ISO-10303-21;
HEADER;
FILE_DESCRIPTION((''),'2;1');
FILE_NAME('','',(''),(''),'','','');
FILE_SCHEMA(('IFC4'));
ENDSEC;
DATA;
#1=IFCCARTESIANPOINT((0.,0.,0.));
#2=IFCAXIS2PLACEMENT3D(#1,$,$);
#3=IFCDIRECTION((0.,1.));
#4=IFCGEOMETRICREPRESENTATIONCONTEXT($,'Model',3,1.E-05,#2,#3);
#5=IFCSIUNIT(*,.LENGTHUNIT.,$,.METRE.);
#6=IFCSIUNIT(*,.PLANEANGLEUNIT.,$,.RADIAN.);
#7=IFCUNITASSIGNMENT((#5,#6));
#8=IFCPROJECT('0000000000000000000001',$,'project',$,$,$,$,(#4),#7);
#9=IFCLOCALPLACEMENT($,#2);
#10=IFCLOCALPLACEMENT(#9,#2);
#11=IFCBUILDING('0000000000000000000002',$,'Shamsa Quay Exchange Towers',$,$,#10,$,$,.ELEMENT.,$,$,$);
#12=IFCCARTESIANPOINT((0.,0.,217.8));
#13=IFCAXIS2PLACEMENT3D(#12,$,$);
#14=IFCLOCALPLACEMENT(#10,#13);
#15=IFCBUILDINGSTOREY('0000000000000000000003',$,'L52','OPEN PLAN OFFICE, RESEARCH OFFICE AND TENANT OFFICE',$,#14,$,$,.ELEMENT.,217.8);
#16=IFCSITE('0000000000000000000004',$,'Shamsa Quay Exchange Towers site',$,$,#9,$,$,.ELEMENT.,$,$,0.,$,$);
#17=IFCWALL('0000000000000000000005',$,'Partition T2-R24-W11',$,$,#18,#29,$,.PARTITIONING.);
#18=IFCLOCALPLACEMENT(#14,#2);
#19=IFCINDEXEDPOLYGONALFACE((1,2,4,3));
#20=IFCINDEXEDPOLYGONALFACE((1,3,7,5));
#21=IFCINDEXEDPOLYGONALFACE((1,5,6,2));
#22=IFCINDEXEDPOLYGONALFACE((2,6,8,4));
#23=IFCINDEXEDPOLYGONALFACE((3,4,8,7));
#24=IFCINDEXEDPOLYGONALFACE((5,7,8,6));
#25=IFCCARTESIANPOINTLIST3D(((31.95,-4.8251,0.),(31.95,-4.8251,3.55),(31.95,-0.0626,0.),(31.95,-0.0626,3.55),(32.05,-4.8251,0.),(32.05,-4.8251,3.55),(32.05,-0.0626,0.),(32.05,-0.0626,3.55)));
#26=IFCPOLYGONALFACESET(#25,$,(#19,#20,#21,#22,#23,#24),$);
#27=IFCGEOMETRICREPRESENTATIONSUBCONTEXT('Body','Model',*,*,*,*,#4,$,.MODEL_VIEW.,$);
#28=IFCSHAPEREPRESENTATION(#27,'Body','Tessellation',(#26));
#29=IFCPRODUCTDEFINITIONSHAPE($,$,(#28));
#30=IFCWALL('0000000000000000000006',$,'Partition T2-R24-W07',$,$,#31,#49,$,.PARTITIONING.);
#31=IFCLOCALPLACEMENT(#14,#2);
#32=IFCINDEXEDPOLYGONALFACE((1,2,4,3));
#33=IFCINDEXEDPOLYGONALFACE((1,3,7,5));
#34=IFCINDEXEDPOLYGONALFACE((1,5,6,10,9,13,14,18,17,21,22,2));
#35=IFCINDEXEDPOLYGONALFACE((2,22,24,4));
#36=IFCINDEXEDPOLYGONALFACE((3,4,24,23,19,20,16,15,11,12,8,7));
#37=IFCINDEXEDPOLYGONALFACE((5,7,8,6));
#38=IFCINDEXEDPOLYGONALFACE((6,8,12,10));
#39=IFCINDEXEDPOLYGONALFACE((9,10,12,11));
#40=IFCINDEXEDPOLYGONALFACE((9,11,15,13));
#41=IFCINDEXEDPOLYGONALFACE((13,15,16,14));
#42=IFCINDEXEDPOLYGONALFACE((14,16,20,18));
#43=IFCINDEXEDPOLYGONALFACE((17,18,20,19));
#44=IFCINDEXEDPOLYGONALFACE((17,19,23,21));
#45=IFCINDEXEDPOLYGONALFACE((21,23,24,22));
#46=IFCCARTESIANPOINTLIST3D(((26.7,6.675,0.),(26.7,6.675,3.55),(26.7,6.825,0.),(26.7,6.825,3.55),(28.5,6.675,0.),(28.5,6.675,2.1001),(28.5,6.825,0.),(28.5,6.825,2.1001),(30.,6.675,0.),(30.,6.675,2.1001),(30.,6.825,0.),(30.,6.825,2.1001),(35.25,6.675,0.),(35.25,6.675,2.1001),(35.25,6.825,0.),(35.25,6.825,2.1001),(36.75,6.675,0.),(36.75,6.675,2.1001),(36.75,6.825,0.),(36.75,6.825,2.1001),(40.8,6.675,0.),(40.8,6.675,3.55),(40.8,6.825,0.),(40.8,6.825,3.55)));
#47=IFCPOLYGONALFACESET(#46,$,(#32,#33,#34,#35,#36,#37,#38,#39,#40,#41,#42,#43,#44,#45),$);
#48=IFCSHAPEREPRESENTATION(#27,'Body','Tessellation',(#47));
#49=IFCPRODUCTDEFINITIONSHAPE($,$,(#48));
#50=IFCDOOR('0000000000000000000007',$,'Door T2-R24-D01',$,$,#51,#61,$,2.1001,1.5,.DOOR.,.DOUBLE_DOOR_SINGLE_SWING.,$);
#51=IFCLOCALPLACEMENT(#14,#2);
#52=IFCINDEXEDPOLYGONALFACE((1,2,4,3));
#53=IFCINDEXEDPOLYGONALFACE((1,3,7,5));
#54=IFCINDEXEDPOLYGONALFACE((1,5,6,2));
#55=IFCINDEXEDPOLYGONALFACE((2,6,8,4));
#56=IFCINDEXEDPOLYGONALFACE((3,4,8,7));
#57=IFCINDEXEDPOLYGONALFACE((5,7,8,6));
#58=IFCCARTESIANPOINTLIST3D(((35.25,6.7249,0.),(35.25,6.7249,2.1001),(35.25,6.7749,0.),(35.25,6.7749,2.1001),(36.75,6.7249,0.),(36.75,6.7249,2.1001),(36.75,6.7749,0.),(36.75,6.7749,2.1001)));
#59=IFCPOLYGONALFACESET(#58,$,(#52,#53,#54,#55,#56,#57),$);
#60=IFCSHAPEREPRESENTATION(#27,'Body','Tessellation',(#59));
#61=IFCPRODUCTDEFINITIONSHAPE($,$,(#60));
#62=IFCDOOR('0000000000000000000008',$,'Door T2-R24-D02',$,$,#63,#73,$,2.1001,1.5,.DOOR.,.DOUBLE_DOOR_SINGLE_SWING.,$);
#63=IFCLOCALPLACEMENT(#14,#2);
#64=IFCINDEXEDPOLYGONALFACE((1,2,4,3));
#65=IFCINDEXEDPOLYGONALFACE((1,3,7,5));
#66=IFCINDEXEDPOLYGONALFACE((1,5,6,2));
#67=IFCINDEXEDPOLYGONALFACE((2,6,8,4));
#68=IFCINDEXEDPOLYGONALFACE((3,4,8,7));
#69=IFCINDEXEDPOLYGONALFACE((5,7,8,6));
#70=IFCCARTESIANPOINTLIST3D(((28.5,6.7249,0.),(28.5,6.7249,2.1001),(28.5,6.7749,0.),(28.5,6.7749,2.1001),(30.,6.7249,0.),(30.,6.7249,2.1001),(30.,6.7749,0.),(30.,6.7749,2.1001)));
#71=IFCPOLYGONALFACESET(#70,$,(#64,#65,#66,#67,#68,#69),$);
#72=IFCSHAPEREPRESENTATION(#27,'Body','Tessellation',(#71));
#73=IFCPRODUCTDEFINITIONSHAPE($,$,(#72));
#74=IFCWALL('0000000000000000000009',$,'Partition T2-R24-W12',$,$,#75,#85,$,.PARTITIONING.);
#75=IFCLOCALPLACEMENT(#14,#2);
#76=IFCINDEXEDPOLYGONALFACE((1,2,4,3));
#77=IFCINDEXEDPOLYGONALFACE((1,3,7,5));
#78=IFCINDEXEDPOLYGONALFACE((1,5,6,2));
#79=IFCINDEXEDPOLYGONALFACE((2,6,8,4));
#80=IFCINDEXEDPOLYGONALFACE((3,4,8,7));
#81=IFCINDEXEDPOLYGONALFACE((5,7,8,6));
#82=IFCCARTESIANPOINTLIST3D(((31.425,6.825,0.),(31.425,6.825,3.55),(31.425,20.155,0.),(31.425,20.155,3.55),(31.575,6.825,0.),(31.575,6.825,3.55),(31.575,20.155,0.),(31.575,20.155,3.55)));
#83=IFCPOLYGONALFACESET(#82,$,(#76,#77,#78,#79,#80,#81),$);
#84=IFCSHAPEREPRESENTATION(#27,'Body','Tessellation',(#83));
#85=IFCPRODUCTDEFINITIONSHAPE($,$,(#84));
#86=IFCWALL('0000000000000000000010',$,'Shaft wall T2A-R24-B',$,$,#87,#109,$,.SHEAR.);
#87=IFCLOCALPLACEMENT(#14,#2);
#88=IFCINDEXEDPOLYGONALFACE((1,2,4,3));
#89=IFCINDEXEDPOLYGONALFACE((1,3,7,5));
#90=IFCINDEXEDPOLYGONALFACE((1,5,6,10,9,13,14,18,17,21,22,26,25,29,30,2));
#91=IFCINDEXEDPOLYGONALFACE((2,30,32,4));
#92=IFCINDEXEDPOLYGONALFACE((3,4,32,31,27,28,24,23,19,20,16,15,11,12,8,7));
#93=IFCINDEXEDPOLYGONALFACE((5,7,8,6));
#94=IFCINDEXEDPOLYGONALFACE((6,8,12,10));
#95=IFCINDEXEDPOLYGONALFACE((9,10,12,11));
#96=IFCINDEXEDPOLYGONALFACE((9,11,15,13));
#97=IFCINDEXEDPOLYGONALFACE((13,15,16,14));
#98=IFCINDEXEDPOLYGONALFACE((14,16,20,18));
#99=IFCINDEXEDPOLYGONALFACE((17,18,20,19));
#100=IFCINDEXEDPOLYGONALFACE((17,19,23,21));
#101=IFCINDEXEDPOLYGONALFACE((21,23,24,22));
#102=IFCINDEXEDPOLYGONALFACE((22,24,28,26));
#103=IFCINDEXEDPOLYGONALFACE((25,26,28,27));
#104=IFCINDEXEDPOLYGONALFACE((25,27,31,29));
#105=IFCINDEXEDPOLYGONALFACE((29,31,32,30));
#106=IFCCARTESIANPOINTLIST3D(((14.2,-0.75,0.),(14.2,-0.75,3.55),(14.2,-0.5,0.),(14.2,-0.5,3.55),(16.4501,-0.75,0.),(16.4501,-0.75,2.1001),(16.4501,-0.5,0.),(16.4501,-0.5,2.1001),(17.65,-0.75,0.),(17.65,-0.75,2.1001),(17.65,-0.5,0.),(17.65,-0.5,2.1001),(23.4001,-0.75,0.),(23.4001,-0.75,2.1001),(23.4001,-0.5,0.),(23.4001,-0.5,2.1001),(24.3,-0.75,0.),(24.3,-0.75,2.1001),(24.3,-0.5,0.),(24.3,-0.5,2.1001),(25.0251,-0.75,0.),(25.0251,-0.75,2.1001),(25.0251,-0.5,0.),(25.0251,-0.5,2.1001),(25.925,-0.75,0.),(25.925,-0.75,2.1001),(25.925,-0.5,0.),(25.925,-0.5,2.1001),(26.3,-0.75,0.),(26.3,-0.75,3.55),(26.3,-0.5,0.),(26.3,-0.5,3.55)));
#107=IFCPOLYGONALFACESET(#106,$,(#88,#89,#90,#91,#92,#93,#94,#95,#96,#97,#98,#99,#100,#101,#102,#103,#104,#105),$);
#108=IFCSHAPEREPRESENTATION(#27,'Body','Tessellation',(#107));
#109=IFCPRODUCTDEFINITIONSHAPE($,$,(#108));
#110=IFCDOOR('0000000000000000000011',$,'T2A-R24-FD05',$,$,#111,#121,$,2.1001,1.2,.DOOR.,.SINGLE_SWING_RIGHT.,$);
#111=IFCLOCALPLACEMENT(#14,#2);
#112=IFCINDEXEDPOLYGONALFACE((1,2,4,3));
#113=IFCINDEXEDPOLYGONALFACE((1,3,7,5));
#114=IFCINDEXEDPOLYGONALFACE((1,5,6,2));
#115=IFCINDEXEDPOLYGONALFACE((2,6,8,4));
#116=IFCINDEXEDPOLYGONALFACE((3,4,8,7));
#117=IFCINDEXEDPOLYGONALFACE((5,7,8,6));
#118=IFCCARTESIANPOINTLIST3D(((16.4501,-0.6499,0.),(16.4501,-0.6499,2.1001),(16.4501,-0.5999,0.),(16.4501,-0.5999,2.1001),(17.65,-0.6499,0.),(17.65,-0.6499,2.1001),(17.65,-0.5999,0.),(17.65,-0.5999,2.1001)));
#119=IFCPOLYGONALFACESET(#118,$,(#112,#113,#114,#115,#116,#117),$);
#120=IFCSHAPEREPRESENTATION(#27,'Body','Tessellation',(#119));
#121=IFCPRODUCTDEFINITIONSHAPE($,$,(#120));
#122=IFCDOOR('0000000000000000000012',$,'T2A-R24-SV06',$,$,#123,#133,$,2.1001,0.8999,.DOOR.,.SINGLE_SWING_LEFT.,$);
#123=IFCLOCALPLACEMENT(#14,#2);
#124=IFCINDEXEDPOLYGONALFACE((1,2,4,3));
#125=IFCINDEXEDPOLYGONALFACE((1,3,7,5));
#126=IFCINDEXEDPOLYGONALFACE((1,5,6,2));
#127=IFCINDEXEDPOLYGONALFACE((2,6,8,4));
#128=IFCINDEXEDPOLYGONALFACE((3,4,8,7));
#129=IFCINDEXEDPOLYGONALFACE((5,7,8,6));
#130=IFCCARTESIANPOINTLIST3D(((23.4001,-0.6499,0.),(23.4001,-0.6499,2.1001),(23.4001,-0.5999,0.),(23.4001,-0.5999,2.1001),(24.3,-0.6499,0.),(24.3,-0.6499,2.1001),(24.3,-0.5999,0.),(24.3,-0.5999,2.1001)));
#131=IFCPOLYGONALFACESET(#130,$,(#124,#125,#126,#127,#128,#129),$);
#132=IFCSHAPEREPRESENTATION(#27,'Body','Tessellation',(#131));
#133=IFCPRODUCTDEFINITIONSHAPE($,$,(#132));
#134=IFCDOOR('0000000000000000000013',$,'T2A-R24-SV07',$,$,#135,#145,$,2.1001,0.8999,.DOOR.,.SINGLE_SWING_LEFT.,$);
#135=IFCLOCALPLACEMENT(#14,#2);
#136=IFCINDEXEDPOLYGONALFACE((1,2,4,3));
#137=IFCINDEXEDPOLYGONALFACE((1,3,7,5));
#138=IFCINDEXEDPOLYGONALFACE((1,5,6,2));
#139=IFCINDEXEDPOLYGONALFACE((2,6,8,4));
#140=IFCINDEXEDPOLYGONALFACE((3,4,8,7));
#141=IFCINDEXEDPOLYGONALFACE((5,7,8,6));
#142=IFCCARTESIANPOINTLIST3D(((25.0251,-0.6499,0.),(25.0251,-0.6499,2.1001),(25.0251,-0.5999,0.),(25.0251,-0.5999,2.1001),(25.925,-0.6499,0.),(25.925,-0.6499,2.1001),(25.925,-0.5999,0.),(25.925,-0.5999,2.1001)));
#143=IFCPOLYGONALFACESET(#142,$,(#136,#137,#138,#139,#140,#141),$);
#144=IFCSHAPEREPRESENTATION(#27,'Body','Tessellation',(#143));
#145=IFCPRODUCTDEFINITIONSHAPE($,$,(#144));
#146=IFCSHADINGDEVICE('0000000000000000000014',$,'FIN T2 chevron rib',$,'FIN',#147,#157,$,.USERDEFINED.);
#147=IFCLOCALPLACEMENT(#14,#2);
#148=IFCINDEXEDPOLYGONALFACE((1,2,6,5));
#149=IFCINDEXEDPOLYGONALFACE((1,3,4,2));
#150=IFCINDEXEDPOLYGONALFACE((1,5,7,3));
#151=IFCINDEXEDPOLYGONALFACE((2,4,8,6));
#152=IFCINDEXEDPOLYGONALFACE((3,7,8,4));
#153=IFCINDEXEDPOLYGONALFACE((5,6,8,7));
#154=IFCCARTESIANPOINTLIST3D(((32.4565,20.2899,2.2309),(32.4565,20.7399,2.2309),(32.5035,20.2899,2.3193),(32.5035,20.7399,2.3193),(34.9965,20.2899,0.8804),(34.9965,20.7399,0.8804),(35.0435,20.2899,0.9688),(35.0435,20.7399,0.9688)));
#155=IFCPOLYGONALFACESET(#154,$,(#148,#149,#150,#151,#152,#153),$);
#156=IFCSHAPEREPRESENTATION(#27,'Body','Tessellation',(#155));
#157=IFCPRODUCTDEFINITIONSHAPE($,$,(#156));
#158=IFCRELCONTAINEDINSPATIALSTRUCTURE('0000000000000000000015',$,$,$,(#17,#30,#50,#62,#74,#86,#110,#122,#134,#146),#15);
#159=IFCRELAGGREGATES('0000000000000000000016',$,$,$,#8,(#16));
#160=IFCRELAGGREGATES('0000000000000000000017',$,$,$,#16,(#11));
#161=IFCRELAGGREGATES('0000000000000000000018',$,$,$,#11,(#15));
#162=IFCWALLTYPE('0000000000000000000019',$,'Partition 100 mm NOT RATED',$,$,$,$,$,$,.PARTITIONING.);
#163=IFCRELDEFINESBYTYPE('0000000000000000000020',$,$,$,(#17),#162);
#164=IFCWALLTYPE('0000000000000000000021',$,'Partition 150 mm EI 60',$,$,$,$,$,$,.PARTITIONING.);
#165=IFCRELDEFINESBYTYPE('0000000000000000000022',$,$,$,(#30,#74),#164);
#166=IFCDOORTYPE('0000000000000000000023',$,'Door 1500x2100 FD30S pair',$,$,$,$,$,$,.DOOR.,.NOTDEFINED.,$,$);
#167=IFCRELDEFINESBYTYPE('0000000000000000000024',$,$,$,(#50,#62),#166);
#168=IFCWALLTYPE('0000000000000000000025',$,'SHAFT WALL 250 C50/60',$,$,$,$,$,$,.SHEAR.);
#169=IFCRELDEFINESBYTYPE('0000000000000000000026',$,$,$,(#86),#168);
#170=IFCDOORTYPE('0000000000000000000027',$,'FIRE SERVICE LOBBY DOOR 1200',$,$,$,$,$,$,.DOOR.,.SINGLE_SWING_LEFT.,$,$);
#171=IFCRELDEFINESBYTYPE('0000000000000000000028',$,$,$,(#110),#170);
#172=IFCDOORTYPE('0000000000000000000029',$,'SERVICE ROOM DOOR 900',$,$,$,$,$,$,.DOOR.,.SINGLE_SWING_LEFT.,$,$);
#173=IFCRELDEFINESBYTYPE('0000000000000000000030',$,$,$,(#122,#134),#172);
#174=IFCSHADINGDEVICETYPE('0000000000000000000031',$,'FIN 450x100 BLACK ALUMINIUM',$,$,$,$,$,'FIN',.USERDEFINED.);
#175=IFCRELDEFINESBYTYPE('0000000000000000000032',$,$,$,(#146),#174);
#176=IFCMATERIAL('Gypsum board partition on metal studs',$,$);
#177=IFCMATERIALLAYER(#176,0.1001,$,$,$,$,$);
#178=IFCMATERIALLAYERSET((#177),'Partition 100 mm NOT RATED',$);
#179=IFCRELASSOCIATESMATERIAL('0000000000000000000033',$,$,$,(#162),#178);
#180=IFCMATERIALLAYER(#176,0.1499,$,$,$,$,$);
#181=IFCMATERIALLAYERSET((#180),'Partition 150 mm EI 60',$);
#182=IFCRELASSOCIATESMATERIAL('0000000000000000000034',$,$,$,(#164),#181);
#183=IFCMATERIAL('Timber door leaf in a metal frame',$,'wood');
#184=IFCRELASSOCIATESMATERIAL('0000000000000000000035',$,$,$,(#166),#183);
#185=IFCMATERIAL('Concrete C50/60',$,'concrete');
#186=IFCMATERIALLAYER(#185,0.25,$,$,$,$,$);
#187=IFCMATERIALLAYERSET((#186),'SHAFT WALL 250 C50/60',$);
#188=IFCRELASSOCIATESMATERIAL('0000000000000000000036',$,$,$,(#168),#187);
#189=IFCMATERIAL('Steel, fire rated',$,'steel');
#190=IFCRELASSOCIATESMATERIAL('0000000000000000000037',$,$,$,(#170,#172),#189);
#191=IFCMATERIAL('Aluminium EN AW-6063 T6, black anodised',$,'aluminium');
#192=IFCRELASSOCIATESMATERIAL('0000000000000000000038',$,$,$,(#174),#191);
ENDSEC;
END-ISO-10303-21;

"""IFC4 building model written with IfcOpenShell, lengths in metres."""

from ifc_helpers import new_model, si_unit, direction, frame, frame_2d, origin, origin_2d, place, context, subcontext, project, spatial, rectangle, extrude, material, layer, layer_set, material_profile, profile_set, type_object, element, fill, save


model = new_model("IFC4")

# Units and contexts
model_context = context("Model", 3, precision=1e-05, world=origin(), true_north=direction((0.0, 1.0)))
body_context = subcontext(model_context, "Body", "Model", "MODEL_VIEW")
ifc_project = project(units=[si_unit("LENGTHUNIT", "METRE"), si_unit("PLANEANGLEUNIT", "RADIAN")], contexts=[model_context])

# Site, building, storey
site_placement = place(None, origin())
site = spatial("IfcSite", under=ifc_project, at=site_placement, Name="Shamsa Quay Exchange Towers site", CompositionType="ELEMENT", RefElevation=0.0)
building_placement = place(site_placement, origin())
building = spatial("IfcBuilding", under=site, at=building_placement, Name="Shamsa Quay Exchange Towers", CompositionType="ELEMENT")
storey_placement = place(building_placement, frame((0.0, 0.0, 217.8)))
storey = spatial("IfcBuildingStorey", under=building, at=storey_placement, Name="L52", Description="OPEN PLAN OFFICE, RESEARCH OFFICE AND TENANT OFFICE", CompositionType="ELEMENT", Elevation=217.8)

# Shared definitions
ifc_material_1 = material(Name="Aluminium EN AW-6063 T6, black anodised", Category="aluminium")

# Shared definitions
ifc_material_2 = material(Name="Steel, fire rated", Category="steel")

# Shared definitions
ifc_material_3 = material(Name="Gypsum board partition on metal studs")
ifc_layer_1 = layer(ifc_material_3, 0.1001)
ifc_layer_set_1 = layer_set([ifc_layer_1], Name="Partition 100 mm NOT RATED")
wall_type_1 = type_object("IfcWallType", Name="Partition 100 mm NOT RATED", PredefinedType="PARTITIONING", material=ifc_layer_set_1)
ifc_material_4 = material(Name="Timber door leaf in a metal frame", Category="wood")

# Wall
wall_1_placement = place(storey_placement, frame((32.0, -0.0625, 0.0), z_axis=(0.0, 0.0, 1.0), x_axis=(0.0, -1.0, 0.0)))
element("IfcWall", 1, at=wall_1_placement, inside=storey, type_object=wall_type_1, Name="Partition T2-R24-W11", PredefinedType="PARTITIONING", context=body_context, shape_type="SweptSolid", body=[
    extrude(rectangle(XDim=4.7625, YDim=0.1001, at=frame_2d((2.3813, 0.0))), origin(), (0.0, 0.0, 1.0), 3.55),
])

# Wall, openings, doors
ifc_layer_2 = layer(ifc_material_3, 0.1499)
ifc_layer_set_2 = layer_set([ifc_layer_2], Name="Partition 150 mm EI 60")
wall_type_2 = type_object("IfcWallType", Name="Partition 150 mm EI 60", PredefinedType="PARTITIONING", material=ifc_layer_set_2)
wall_2_placement = place(storey_placement, frame((26.7, 6.75, 0.0)))
wall_2 = element("IfcWall", 2, at=wall_2_placement, inside=storey, type_object=wall_type_2, Name="Partition T2-R24-W07", PredefinedType="PARTITIONING", context=body_context, shape_type="SweptSolid", body=[
    extrude(rectangle(XDim=14.1001, YDim=0.1499, at=frame_2d((7.05, 0.0))), origin(), (0.0, 0.0, 1.0), 3.55),
])
opening_1_placement = place(wall_2_placement, frame((8.55, 0.0, 0.0)))
opening_1 = element("IfcOpeningElement", 3, at=opening_1_placement, cuts=wall_2, PredefinedType="OPENING", context=body_context, shape_type="SweptSolid", body=[
    extrude(rectangle(XDim=1.5, YDim=2.1001, at=frame_2d((0.75, 1.05))), frame((0.0, 0.085, 0.0), z_axis=(0.0, -1.0, 0.0), x_axis=(1.0, 0.0, 0.0)), (0.0, 0.0, 1.0), 0.1699),
])
opening_2_placement = place(wall_2_placement, frame((1.8, 0.0, 0.0)))
opening_2 = element("IfcOpeningElement", 4, at=opening_2_placement, cuts=wall_2, PredefinedType="OPENING", context=body_context, shape_type="SweptSolid", body=[
    extrude(rectangle(XDim=1.5, YDim=2.1001, at=frame_2d((0.75, 1.05))), frame((0.0, 0.085, 0.0), z_axis=(0.0, -1.0, 0.0), x_axis=(1.0, 0.0, 0.0)), (0.0, 0.0, 1.0), 0.1699),
])
door_type_1 = type_object("IfcDoorType", Name="Door 1500x2100 FD30S pair", OperationType="NOTDEFINED", PredefinedType="DOOR", material=ifc_material_4)
door_1_placement = place(opening_1_placement, origin())
door_1 = element("IfcDoor", 5, at=door_1_placement, inside=storey, type_object=door_type_1, Name="Door T2-R24-D01", OperationType="DOUBLE_DOOR_SINGLE_SWING", OverallHeight=2.1001, OverallWidth=1.5, PredefinedType="DOOR", context=body_context, shape_type="SweptSolid", body=[
    extrude(rectangle(XDim=1.5, YDim=2.1001, at=frame_2d((0.75, 1.05))), frame((0.0, 0.0249, 0.0), z_axis=(0.0, -1.0, 0.0), x_axis=(1.0, 0.0, 0.0)), (0.0, 0.0, 1.0), 0.05),
])
fill(opening_1, door_1)
door_2_placement = place(opening_2_placement, origin())
door_2 = element("IfcDoor", 6, at=door_2_placement, inside=storey, type_object=door_type_1, Name="Door T2-R24-D02", OperationType="DOUBLE_DOOR_SINGLE_SWING", OverallHeight=2.1001, OverallWidth=1.5, PredefinedType="DOOR", context=body_context, shape_type="SweptSolid", body=[
    extrude(rectangle(XDim=1.5, YDim=2.1001, at=frame_2d((0.75, 1.05))), frame((0.0, 0.0249, 0.0), z_axis=(0.0, -1.0, 0.0), x_axis=(1.0, 0.0, 0.0)), (0.0, 0.0, 1.0), 0.05),
])
fill(opening_2, door_2)

# Wall
wall_3_placement = place(storey_placement, frame((31.5, 20.155, 0.0), z_axis=(0.0, 0.0, 1.0), x_axis=(0.0, -1.0, 0.0)))
element("IfcWall", 7, at=wall_3_placement, inside=storey, type_object=wall_type_2, Name="Partition T2-R24-W12", PredefinedType="PARTITIONING", context=body_context, shape_type="SweptSolid", body=[
    extrude(rectangle(XDim=13.3301, YDim=0.1499, at=frame_2d((6.665, 0.0))), origin(), (0.0, 0.0, 1.0), 3.55),
])

# Wall, openings, doors
ifc_material_5 = material(Name="Concrete C50/60", Category="concrete")
ifc_layer_3 = layer(ifc_material_5, 0.25)
ifc_layer_set_3 = layer_set([ifc_layer_3], Name="SHAFT WALL 250 C50/60")
wall_type_3 = type_object("IfcWallType", Name="SHAFT WALL 250 C50/60", PredefinedType="SHEAR", material=ifc_layer_set_3)
wall_4_placement = place(storey_placement, frame((26.3, -0.625, 0.0), z_axis=(0.0, 0.0, 1.0), x_axis=(-1.0, 0.0, 0.0)))
wall_4 = element("IfcWall", 8, at=wall_4_placement, inside=storey, type_object=wall_type_3, Name="Shaft wall T2A-R24-B", PredefinedType="SHEAR", context=body_context, shape_type="SweptSolid", body=[
    extrude(rectangle(XDim=12.1001, YDim=0.25, at=frame_2d((6.05, 0.0))), origin(), (0.0, 0.0, 1.0), 3.55),
])
opening_3_placement = place(wall_4_placement, frame((8.6499, 0.0, 0.0)))
opening_3 = element("IfcOpeningElement", 9, at=opening_3_placement, cuts=wall_4, PredefinedType="OPENING", context=body_context, shape_type="SweptSolid", body=[
    extrude(rectangle(XDim=1.2, YDim=2.1001, at=frame_2d((0.6001, 1.05))), frame((0.0, 0.135, 0.0), z_axis=(0.0, -1.0, 0.0), x_axis=(1.0, 0.0, 0.0)), (0.0, 0.0, 1.0), 0.27),
])
opening_4_placement = place(wall_4_placement, frame((2.0, 0.0, 0.0)))
opening_4 = element("IfcOpeningElement", 10, at=opening_4_placement, cuts=wall_4, PredefinedType="OPENING", context=body_context, shape_type="SweptSolid", body=[
    extrude(rectangle(XDim=0.8999, YDim=2.1001, at=frame_2d((0.45, 1.05))), frame((0.0, 0.135, 0.0), z_axis=(0.0, -1.0, 0.0), x_axis=(1.0, 0.0, 0.0)), (0.0, 0.0, 1.0), 0.27),
])
opening_5_placement = place(wall_4_placement, frame((0.375, 0.0, 0.0)))
opening_5 = element("IfcOpeningElement", 11, at=opening_5_placement, cuts=wall_4, PredefinedType="OPENING", context=body_context, shape_type="SweptSolid", body=[
    extrude(rectangle(XDim=0.8999, YDim=2.1001, at=frame_2d((0.45, 1.05))), frame((0.0, 0.135, 0.0), z_axis=(0.0, -1.0, 0.0), x_axis=(1.0, 0.0, 0.0)), (0.0, 0.0, 1.0), 0.27),
])
door_type_2 = type_object("IfcDoorType", Name="FIRE SERVICE LOBBY DOOR 1200", OperationType="SINGLE_SWING_LEFT", PredefinedType="DOOR", material=ifc_material_2)
door_3_placement = place(opening_3_placement, origin())
door_3 = element("IfcDoor", 12, at=door_3_placement, inside=storey, type_object=door_type_2, Name="T2A-R24-FD05", OperationType="SINGLE_SWING_RIGHT", OverallHeight=2.1001, OverallWidth=1.2, PredefinedType="DOOR", context=body_context, shape_type="SweptSolid", body=[
    extrude(rectangle(XDim=1.2, YDim=2.1001, at=frame_2d((0.6001, 1.05))), frame((0.0, 0.0249, 0.0), z_axis=(0.0, -1.0, 0.0), x_axis=(1.0, 0.0, 0.0)), (0.0, 0.0, 1.0), 0.05),
])
fill(opening_3, door_3)
door_type_3 = type_object("IfcDoorType", Name="SERVICE ROOM DOOR 900", OperationType="SINGLE_SWING_LEFT", PredefinedType="DOOR", material=ifc_material_2)
door_4_placement = place(opening_4_placement, origin())
door_4 = element("IfcDoor", 13, at=door_4_placement, inside=storey, type_object=door_type_3, Name="T2A-R24-SV06", OperationType="SINGLE_SWING_LEFT", OverallHeight=2.1001, OverallWidth=0.8999, PredefinedType="DOOR", context=body_context, shape_type="SweptSolid", body=[
    extrude(rectangle(XDim=0.8999, YDim=2.1001, at=frame_2d((0.45, 1.05))), frame((0.0, 0.0249, 0.0), z_axis=(0.0, -1.0, 0.0), x_axis=(1.0, 0.0, 0.0)), (0.0, 0.0, 1.0), 0.05),
])
fill(opening_4, door_4)
door_5_placement = place(opening_5_placement, origin())
door_5 = element("IfcDoor", 14, at=door_5_placement, inside=storey, type_object=door_type_3, Name="T2A-R24-SV07", OperationType="SINGLE_SWING_LEFT", OverallHeight=2.1001, OverallWidth=0.8999, PredefinedType="DOOR", context=body_context, shape_type="SweptSolid", body=[
    extrude(rectangle(XDim=0.8999, YDim=2.1001, at=frame_2d((0.45, 1.05))), frame((0.0, 0.0249, 0.0), z_axis=(0.0, -1.0, 0.0), x_axis=(1.0, 0.0, 0.0)), (0.0, 0.0, 1.0), 0.05),
])
fill(opening_5, door_5)

# Shading device
ifc_material_profile_1 = material_profile(ifc_material_1, rectangle(XDim=0.45, YDim=0.1001, at=origin_2d()), Name="FIN450x100")
ifc_profile_set_1 = profile_set([ifc_material_profile_1], Name="Aluminium EN AW-6063 T6, black anodised")
shading_device_type = type_object("IfcShadingDeviceType", Name="FIN 450x100 BLACK ALUMINIUM", ElementType="FIN", PredefinedType="USERDEFINED", material=ifc_profile_set_1)
shading_device_1_placement = place(storey_placement, frame((35.02, 20.5149, 0.9246), z_axis=(-0.882944, 0.0, 0.469478), x_axis=(0.0, -1.0, 0.0)))
element("IfcShadingDevice", 15, at=shading_device_1_placement, inside=storey, type_object=shading_device_type, Name="FIN T2 chevron rib", ObjectType="FIN", PredefinedType="USERDEFINED", context=body_context, shape_type="SweptSolid", body=[
    extrude(rectangle(XDim=0.45, YDim=0.1001, at=origin_2d()), origin(), (0.0, 0.0, 1.0), 2.8767),
])

save(model, "model.ifc")
